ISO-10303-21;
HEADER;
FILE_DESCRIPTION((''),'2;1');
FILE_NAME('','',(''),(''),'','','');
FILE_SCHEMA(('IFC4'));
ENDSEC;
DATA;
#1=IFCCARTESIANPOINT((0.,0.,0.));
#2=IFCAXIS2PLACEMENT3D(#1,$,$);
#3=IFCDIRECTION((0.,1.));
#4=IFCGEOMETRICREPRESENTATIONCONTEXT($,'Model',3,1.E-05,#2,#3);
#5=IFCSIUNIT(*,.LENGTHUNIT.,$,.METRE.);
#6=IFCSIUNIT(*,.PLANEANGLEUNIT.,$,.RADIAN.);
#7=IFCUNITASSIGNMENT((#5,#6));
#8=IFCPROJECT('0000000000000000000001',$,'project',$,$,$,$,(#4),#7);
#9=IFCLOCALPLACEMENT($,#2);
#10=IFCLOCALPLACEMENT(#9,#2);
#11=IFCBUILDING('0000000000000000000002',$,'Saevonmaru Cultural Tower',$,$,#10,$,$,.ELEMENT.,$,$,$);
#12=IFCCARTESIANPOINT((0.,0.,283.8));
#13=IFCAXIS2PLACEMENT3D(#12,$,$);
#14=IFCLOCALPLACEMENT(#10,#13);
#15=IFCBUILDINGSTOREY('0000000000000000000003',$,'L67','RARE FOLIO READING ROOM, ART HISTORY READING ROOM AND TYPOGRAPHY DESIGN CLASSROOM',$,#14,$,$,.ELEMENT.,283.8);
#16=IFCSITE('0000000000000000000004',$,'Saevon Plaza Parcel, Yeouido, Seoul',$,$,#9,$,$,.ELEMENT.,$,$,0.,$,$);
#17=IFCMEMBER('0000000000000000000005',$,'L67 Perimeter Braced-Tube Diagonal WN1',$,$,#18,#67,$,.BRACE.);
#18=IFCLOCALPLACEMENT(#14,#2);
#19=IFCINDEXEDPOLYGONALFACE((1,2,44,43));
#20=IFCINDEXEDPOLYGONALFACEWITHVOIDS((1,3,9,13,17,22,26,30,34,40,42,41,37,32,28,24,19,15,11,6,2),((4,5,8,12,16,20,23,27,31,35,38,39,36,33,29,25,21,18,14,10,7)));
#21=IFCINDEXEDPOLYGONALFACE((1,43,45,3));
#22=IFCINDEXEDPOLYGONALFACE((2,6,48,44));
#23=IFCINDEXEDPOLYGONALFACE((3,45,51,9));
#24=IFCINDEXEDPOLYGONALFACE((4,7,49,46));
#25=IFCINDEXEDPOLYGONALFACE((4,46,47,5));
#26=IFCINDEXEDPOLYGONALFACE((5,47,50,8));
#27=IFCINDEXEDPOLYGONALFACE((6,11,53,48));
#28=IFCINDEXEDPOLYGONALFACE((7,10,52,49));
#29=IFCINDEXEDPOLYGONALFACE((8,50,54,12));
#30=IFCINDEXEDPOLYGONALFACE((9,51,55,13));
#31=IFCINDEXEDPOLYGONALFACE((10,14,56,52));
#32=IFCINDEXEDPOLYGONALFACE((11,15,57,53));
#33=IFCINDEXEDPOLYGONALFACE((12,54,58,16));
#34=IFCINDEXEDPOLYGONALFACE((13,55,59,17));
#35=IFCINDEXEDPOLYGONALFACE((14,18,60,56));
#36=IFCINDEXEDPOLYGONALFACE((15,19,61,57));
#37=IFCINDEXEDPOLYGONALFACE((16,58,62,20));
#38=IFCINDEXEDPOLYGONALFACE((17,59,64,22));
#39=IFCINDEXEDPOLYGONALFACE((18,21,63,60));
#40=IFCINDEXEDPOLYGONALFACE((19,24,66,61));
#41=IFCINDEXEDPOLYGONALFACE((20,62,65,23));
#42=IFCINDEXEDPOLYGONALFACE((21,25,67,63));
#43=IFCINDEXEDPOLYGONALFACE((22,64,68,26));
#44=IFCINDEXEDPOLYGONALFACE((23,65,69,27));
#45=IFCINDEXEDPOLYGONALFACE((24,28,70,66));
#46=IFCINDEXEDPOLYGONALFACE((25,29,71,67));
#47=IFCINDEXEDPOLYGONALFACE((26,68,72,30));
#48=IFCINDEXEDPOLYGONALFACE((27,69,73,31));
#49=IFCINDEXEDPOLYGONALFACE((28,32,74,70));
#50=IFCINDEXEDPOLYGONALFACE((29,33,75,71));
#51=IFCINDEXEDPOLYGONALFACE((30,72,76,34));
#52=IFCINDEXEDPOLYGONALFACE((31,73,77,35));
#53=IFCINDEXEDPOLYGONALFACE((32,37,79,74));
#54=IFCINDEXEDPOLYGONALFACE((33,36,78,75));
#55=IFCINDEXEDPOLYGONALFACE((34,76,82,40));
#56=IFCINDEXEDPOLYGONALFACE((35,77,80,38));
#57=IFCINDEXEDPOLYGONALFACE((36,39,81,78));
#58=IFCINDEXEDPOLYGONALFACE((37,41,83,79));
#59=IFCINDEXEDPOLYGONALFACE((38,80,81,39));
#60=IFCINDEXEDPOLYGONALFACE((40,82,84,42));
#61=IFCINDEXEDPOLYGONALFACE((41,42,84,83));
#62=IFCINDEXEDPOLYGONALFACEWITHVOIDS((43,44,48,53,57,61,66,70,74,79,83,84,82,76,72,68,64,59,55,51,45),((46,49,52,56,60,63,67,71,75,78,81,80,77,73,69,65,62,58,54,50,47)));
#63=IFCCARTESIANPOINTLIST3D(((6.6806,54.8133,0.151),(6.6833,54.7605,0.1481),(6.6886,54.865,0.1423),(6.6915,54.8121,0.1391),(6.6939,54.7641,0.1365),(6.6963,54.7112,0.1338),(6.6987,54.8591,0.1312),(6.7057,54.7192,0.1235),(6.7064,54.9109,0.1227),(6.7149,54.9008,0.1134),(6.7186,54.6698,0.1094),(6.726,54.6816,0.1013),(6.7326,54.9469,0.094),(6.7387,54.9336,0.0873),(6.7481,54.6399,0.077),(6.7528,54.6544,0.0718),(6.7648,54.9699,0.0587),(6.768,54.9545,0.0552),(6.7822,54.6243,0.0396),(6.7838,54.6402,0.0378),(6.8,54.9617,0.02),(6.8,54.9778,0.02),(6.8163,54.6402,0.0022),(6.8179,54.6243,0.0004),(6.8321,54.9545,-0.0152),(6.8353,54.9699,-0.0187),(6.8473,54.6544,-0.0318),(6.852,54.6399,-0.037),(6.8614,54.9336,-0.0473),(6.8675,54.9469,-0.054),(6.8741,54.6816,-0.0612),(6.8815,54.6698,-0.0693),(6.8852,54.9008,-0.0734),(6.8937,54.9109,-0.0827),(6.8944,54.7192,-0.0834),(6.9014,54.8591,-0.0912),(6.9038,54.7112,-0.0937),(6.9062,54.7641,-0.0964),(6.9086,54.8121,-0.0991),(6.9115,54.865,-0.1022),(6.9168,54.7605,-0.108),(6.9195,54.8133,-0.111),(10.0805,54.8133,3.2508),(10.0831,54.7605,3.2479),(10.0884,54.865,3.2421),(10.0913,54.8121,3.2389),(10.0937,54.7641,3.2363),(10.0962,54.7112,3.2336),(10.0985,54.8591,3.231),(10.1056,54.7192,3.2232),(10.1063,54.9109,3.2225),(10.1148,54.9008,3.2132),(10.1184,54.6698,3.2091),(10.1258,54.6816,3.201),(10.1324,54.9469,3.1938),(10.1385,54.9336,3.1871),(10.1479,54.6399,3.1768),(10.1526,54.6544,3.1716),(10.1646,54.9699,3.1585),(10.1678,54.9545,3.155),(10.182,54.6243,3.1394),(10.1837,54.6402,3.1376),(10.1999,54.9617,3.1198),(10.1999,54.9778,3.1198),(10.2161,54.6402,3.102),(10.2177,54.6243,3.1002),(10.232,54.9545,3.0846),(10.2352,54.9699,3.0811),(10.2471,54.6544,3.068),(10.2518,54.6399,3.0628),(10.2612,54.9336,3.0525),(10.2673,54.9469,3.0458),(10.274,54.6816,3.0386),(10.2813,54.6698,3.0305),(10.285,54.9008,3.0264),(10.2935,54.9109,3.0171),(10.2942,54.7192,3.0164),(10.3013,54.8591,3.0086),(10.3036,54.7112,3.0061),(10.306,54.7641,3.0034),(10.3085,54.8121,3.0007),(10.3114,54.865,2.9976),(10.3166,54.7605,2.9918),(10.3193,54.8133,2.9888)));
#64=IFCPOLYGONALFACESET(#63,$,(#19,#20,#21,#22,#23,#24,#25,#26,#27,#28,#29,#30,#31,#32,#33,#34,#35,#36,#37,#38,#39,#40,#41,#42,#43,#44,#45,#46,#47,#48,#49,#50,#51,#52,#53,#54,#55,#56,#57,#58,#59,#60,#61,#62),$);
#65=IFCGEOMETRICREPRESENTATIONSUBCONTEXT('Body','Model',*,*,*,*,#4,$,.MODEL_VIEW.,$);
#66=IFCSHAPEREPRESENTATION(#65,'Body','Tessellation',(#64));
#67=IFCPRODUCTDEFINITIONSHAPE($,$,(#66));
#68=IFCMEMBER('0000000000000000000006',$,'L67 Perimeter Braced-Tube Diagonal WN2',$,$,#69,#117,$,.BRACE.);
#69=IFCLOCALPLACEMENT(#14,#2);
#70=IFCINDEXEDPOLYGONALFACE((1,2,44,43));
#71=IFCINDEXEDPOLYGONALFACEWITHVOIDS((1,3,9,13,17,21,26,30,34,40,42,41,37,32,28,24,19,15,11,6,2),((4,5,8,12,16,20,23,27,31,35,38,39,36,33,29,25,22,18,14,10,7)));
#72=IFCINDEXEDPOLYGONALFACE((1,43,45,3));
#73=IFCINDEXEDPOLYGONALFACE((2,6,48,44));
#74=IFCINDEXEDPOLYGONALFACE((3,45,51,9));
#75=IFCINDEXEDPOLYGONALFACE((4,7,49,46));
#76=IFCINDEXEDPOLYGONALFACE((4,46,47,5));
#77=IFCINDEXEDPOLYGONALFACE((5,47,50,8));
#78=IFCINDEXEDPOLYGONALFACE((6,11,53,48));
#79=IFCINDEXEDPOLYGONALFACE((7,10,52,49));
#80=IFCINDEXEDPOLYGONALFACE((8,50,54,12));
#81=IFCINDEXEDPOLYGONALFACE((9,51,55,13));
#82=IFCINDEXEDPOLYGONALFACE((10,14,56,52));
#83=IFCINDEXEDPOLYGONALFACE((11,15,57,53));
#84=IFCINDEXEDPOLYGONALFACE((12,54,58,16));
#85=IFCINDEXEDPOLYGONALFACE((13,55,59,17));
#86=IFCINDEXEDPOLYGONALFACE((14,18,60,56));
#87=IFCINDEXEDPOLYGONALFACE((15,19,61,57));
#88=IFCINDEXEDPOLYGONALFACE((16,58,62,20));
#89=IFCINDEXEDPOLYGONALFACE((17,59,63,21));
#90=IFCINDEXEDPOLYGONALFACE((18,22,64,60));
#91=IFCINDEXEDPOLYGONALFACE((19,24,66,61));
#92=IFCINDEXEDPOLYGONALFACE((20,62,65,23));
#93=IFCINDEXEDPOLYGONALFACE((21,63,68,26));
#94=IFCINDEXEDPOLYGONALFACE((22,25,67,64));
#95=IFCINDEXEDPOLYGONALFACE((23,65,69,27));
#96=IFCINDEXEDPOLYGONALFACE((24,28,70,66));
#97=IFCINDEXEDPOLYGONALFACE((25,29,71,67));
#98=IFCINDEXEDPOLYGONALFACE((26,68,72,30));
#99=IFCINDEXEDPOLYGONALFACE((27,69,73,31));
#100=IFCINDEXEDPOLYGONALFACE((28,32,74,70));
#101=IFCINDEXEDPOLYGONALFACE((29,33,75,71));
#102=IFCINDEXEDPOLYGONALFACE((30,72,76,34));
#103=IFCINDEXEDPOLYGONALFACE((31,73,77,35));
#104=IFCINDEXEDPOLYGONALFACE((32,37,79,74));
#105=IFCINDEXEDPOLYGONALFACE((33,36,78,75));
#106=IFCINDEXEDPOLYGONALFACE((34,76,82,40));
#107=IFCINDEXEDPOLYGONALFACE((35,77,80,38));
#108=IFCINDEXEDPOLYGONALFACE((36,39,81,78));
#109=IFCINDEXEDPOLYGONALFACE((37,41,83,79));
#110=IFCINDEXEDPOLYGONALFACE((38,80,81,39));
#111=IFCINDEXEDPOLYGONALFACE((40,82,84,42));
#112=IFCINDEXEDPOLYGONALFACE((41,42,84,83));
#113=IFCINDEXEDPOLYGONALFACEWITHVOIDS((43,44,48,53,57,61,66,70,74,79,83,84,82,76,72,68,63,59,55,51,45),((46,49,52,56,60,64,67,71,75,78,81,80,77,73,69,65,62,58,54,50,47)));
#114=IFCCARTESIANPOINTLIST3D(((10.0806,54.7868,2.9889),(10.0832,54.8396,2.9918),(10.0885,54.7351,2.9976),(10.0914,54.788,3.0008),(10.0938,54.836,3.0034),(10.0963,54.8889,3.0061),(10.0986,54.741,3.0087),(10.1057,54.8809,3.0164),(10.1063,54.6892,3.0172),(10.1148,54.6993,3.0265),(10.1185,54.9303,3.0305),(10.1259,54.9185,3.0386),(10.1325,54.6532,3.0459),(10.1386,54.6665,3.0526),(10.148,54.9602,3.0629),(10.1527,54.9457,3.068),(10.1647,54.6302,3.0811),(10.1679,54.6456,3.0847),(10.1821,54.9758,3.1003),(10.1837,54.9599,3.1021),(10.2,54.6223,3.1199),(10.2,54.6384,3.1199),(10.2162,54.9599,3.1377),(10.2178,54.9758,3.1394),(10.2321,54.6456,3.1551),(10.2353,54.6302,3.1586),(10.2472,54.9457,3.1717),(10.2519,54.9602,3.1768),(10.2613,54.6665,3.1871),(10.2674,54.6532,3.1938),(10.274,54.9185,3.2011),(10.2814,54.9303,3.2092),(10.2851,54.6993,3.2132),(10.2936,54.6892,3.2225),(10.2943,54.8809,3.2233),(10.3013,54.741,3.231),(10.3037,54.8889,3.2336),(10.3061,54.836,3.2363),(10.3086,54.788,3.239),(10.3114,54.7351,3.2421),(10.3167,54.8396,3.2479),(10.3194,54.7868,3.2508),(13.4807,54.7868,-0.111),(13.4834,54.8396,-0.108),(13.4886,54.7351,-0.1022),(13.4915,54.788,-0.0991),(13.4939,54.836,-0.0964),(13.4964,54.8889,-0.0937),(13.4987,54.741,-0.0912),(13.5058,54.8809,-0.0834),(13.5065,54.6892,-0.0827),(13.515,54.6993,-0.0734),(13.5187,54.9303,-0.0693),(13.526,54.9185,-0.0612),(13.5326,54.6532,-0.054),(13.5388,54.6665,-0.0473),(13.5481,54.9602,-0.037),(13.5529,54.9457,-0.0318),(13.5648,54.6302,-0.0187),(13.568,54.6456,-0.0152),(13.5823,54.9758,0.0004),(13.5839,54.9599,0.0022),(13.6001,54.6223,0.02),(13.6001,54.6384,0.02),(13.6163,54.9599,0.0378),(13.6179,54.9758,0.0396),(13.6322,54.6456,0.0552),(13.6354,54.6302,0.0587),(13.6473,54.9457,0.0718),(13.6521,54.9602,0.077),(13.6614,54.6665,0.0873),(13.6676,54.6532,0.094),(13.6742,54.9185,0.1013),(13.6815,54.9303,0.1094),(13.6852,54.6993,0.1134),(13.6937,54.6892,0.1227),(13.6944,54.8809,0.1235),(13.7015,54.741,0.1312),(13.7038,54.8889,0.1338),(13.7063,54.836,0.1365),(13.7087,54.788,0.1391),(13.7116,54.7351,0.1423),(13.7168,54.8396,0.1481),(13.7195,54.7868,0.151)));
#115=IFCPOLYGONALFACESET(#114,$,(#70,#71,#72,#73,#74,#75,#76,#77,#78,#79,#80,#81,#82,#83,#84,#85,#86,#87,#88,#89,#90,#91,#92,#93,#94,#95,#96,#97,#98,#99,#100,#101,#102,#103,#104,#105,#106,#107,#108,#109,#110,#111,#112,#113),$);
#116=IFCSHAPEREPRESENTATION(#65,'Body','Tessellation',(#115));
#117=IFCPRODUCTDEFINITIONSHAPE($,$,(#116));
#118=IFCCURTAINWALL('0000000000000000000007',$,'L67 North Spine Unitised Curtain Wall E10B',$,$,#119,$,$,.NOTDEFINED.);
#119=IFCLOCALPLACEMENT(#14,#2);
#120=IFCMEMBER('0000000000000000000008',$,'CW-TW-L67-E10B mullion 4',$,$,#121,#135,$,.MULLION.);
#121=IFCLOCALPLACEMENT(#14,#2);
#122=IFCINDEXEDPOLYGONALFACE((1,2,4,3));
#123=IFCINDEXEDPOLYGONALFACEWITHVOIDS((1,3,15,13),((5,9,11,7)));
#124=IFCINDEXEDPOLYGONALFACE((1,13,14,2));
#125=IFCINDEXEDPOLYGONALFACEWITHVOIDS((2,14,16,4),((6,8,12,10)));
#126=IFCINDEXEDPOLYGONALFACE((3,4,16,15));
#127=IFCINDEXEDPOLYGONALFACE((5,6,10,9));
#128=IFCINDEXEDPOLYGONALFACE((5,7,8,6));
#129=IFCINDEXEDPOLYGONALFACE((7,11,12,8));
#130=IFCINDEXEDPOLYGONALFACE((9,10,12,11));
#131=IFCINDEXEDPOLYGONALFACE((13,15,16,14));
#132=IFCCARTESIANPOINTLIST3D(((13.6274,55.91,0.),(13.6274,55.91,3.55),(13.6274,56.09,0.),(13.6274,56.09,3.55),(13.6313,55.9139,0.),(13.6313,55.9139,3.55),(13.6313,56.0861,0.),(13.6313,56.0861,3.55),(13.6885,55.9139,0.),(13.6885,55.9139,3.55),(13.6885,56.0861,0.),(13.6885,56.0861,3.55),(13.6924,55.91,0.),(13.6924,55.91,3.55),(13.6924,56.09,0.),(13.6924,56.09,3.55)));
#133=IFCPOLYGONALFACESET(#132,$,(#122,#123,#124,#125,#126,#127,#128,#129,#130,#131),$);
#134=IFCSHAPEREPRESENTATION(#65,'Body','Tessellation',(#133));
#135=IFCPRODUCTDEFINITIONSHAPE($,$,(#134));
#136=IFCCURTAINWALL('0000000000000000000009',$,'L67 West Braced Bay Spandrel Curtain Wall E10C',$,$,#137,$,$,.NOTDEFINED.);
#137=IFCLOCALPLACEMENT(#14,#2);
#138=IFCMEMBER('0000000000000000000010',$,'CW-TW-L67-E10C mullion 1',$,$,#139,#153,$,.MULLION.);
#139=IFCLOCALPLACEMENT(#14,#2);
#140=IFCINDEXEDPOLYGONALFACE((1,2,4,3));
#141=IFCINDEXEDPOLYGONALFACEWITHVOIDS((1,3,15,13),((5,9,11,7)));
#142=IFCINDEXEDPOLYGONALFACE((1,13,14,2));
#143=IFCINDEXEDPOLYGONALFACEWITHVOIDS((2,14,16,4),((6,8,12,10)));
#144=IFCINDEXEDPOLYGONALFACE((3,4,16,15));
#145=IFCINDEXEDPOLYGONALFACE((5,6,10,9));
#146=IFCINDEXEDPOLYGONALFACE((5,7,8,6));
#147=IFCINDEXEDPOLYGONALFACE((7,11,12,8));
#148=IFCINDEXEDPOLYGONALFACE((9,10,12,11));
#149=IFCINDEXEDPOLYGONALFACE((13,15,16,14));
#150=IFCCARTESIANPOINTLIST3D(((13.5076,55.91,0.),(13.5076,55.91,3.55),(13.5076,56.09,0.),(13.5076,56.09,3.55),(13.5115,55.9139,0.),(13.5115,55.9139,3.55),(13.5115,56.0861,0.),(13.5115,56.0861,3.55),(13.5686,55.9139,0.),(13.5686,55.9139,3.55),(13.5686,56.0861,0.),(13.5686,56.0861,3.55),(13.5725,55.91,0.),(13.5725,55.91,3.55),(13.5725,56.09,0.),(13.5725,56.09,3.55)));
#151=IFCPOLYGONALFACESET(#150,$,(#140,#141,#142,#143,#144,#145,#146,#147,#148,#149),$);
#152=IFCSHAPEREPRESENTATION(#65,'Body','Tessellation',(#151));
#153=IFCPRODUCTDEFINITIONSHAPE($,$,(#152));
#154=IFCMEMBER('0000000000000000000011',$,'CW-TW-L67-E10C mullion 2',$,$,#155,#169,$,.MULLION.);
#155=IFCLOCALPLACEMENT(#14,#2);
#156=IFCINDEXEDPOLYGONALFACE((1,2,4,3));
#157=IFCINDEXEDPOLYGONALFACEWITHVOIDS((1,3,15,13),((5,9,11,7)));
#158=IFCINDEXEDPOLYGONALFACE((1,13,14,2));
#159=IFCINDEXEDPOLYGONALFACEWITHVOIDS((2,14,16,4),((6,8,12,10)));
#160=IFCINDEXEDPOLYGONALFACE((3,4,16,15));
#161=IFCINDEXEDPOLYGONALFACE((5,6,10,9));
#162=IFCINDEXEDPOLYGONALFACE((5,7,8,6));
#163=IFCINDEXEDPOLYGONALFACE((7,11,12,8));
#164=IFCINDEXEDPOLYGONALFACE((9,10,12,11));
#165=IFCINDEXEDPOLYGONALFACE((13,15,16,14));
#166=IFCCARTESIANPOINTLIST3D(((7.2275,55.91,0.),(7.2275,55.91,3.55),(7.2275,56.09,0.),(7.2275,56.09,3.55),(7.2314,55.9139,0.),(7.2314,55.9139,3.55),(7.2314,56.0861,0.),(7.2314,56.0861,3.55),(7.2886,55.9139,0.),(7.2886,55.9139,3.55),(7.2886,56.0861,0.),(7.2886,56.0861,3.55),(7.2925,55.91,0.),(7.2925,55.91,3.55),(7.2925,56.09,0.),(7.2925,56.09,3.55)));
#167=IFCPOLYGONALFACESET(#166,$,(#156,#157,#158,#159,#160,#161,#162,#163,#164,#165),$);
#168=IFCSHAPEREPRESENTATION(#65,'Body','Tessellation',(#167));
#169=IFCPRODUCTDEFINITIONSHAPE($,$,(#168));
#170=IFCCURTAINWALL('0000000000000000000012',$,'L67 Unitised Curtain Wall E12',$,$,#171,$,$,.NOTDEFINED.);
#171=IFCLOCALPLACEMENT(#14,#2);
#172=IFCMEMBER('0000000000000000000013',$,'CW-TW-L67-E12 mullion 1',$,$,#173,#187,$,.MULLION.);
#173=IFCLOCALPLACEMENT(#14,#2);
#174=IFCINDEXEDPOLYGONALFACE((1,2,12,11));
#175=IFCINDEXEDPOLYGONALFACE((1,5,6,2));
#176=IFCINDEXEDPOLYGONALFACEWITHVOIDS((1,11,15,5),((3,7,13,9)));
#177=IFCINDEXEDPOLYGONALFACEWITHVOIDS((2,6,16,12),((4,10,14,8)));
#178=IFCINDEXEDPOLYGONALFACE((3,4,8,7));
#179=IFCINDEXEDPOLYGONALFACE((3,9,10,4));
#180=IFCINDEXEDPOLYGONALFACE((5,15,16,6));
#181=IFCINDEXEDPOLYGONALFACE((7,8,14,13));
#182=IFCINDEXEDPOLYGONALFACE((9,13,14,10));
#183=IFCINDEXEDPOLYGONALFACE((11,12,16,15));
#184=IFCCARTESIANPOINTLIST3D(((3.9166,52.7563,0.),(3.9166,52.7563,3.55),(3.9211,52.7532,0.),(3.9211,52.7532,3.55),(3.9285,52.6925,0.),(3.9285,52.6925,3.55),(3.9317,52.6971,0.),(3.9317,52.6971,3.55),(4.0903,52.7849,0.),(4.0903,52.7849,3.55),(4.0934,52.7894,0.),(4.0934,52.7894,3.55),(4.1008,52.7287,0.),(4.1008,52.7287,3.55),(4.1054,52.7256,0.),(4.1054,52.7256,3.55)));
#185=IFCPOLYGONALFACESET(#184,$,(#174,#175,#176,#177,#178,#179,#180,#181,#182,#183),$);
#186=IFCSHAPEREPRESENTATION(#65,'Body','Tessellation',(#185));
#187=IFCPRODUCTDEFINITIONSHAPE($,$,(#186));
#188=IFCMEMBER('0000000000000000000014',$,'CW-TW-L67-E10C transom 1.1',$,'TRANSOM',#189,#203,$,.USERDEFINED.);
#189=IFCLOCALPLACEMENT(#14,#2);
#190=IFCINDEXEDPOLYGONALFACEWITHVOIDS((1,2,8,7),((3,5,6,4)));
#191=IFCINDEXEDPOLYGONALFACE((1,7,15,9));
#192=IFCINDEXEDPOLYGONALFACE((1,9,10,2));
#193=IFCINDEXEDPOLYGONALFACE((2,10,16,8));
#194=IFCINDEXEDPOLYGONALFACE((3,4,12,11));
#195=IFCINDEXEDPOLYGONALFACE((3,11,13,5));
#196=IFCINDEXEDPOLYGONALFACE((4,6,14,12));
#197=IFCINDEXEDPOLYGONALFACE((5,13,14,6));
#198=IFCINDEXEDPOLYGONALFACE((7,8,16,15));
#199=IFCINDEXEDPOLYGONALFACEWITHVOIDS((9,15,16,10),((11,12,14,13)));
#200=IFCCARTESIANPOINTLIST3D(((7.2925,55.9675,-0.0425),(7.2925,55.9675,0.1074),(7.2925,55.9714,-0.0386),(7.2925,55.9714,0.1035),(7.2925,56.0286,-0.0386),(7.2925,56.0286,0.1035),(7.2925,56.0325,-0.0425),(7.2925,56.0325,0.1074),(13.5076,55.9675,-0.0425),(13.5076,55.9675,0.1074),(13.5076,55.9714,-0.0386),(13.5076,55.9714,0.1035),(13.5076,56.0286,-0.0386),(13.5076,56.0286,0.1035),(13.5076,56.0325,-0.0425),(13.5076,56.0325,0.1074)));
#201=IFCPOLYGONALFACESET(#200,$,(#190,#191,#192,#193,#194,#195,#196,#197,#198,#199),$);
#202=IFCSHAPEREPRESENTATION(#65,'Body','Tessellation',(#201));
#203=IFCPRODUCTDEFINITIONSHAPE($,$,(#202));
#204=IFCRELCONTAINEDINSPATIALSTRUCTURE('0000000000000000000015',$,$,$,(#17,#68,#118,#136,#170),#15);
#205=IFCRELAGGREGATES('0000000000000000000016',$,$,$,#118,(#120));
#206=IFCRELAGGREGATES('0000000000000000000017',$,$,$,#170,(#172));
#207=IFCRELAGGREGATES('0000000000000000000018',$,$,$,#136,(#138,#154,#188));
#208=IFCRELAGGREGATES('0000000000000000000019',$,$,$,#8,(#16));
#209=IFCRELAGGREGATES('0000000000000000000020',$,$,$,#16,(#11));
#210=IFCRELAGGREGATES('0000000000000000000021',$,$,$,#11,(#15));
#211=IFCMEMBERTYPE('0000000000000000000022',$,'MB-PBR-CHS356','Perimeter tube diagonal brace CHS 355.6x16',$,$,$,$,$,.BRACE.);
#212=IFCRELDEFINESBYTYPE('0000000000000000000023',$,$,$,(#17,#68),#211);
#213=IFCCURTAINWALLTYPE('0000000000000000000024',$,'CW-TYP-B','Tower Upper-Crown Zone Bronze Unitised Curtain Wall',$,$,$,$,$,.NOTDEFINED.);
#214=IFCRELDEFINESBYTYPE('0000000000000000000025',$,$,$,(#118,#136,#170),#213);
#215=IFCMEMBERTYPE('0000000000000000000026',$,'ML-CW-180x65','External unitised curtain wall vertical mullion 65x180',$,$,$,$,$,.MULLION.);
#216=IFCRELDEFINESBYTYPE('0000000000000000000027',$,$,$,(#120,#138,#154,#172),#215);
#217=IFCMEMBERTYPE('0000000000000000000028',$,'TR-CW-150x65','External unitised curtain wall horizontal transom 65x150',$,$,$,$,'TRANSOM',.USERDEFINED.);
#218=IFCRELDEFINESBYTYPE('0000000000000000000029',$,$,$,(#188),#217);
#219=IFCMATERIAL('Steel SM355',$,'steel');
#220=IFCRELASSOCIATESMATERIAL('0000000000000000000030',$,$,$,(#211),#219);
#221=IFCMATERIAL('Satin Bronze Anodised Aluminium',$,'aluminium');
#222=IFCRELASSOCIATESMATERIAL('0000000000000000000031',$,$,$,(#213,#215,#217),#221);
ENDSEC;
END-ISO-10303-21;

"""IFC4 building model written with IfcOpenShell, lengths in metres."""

from ifc_helpers import new_model, si_unit, direction, frame, origin, origin_2d, place, context, subcontext, project, spatial, hollow_rectangle, hollow_circle, extrude, material, material_profile, profile_set, type_object, element, aggregate, save


model = new_model("IFC4")

# Units and contexts
model_context = context("Model", 3, precision=1e-05, world=origin(), true_north=direction((0.0, 1.0)))
body_context = subcontext(model_context, "Body", "Model", "MODEL_VIEW")
ifc_project = project(units=[si_unit("LENGTHUNIT", "METRE"), si_unit("PLANEANGLEUNIT", "RADIAN")], contexts=[model_context])

# Site, building, storey
site_placement = place(None, origin())
site = spatial("IfcSite", under=ifc_project, at=site_placement, Name="Saevon Plaza Parcel, Yeouido, Seoul", CompositionType="ELEMENT", RefElevation=0.0)
building_placement = place(site_placement, origin())
building = spatial("IfcBuilding", under=site, at=building_placement, Name="Saevonmaru Cultural Tower", CompositionType="ELEMENT")
storey_placement = place(building_placement, frame((0.0, 0.0, 283.8)))
storey = spatial("IfcBuildingStorey", under=building, at=storey_placement, Name="L67", Description="RARE FOLIO READING ROOM, ART HISTORY READING ROOM AND TYPOGRAPHY DESIGN CLASSROOM", CompositionType="ELEMENT", Elevation=283.8)

# Shared definitions
ifc_material_1 = material(Name="Steel SM355", Category="steel")

# Members
ifc_material_profile_1 = material_profile(ifc_material_1, hollow_circle(Radius=0.1777, WallThickness=0.0161, at=origin_2d()), Name="CHS-355.6x16")
ifc_profile_set_1 = profile_set([ifc_material_profile_1], Name="Steel SM355")
member_type_1 = type_object("IfcMemberType", Name="MB-PBR-CHS356", Description="Perimeter tube diagonal brace CHS 355.6x16", PredefinedType="BRACE", material=ifc_profile_set_1)
member_1_placement = place(storey_placement, frame((6.8, 54.8, 0.02), z_axis=(0.738962, 0.0, 0.673747), x_axis=(0.0, 1.0, 0.0)))
element("IfcMember", 1, at=member_1_placement, inside=storey, type_object=member_type_1, Name="L67 Perimeter Braced-Tube Diagonal WN1", PredefinedType="BRACE", context=body_context, shape_type="SweptSolid", body=[
    extrude(hollow_circle(Radius=0.1777, WallThickness=0.0161, at=origin_2d()), origin(), (0.0, 0.0, 1.0), 4.6008),
])
member_2_placement = place(storey_placement, frame((13.6001, 54.8, 0.02), z_axis=(-0.738986, 0.0, 0.673721), x_axis=(0.0, -1.0, 0.0)))
element("IfcMember", 2, at=member_2_placement, inside=storey, type_object=member_type_1, Name="L67 Perimeter Braced-Tube Diagonal WN2", PredefinedType="BRACE", context=body_context, shape_type="SweptSolid", body=[
    extrude(hollow_circle(Radius=0.1777, WallThickness=0.0161, at=origin_2d()), origin(), (0.0, 0.0, 1.0), 4.6011),
])

# Curtain wall, member
ifc_material_2 = material(Name="Satin Bronze Anodised Aluminium", Category="aluminium")
curtain_wall_type = type_object("IfcCurtainWallType", Name="CW-TYP-B", Description="Tower Upper-Crown Zone Bronze Unitised Curtain Wall", PredefinedType="NOTDEFINED", material=ifc_material_2)
curtain_wall_1_placement = place(storey_placement, origin())
curtain_wall_1 = element("IfcCurtainWall", 3, at=curtain_wall_1_placement, inside=storey, type_object=curtain_wall_type, Name="L67 North Spine Unitised Curtain Wall E10B", PredefinedType="NOTDEFINED")
ifc_material_profile_2 = material_profile(ifc_material_2, hollow_rectangle(XDim=0.0649, YDim=0.1799, WallThickness=0.0039, at=origin_2d()), Name="ALU-MULL-180x65x4")
ifc_profile_set_2 = profile_set([ifc_material_profile_2], Name="Satin Bronze Anodised Aluminium")
member_type_2 = type_object("IfcMemberType", Name="ML-CW-180x65", Description="External unitised curtain wall vertical mullion 65x180", PredefinedType="MULLION", material=ifc_profile_set_2)
member_3_placement = place(storey_placement, frame((13.6599, 56.0, 0.0), z_axis=(0.0, 0.0, 1.0), x_axis=(-1.0, 0.0, 0.0)))
member_3 = element("IfcMember", 4, at=member_3_placement, type_object=member_type_2, Name="CW-TW-L67-E10B mullion 4", PredefinedType="MULLION", context=body_context, shape_type="SweptSolid", body=[
    extrude(hollow_rectangle(XDim=0.0649, YDim=0.1799, WallThickness=0.0039, at=origin_2d()), origin(), (0.0, 0.0, 1.0), 3.55),
])
aggregate(curtain_wall_1, [member_3])

# Curtain wall, members
curtain_wall_2_placement = place(storey_placement, origin())
curtain_wall_2 = element("IfcCurtainWall", 5, at=curtain_wall_2_placement, inside=storey, type_object=curtain_wall_type, Name="L67 West Braced Bay Spandrel Curtain Wall E10C", PredefinedType="NOTDEFINED")
member_4_placement = place(storey_placement, frame((13.54, 56.0, 0.0), z_axis=(0.0, 0.0, 1.0), x_axis=(-1.0, 0.0, 0.0)))
member_4 = element("IfcMember", 6, at=member_4_placement, type_object=member_type_2, Name="CW-TW-L67-E10C mullion 1", PredefinedType="MULLION", context=body_context, shape_type="SweptSolid", body=[
    extrude(hollow_rectangle(XDim=0.0649, YDim=0.1799, WallThickness=0.0039, at=origin_2d()), origin(), (0.0, 0.0, 1.0), 3.55),
])
member_5_placement = place(storey_placement, frame((7.26, 56.0, 0.0), z_axis=(0.0, 0.0, 1.0), x_axis=(-1.0, 0.0, 0.0)))
member_5 = element("IfcMember", 7, at=member_5_placement, type_object=member_type_2, Name="CW-TW-L67-E10C mullion 2", PredefinedType="MULLION", context=body_context, shape_type="SweptSolid", body=[
    extrude(hollow_rectangle(XDim=0.0649, YDim=0.1799, WallThickness=0.0039, at=origin_2d()), origin(), (0.0, 0.0, 1.0), 3.55),
])

# Curtain wall, member
curtain_wall_3_placement = place(storey_placement, origin())
curtain_wall_3 = element("IfcCurtainWall", 8, at=curtain_wall_3_placement, inside=storey, type_object=curtain_wall_type, Name="L67 Unitised Curtain Wall E12", PredefinedType="NOTDEFINED")
member_6_placement = place(storey_placement, frame((4.011, 52.741, 0.0), z_axis=(0.0, 0.0, 1.0), x_axis=(0.184047, -0.982918, 0.0)))
member_6 = element("IfcMember", 9, at=member_6_placement, type_object=member_type_2, Name="CW-TW-L67-E12 mullion 1", PredefinedType="MULLION", context=body_context, shape_type="SweptSolid", body=[
    extrude(hollow_rectangle(XDim=0.0649, YDim=0.1799, WallThickness=0.0039, at=origin_2d()), origin(), (0.0, 0.0, 1.0), 3.55),
])

# Member
ifc_material_profile_3 = material_profile(ifc_material_2, hollow_rectangle(XDim=0.0649, YDim=0.1499, WallThickness=0.0039, at=origin_2d()), Name="ALU-TRAN-150x65x4")
ifc_profile_set_3 = profile_set([ifc_material_profile_3], Name="Satin Bronze Anodised Aluminium")
member_type_3 = type_object("IfcMemberType", Name="TR-CW-150x65", Description="External unitised curtain wall horizontal transom 65x150", ElementType="TRANSOM", PredefinedType="USERDEFINED", material=ifc_profile_set_3)
member_7_placement = place(storey_placement, frame((13.5076, 56.0, 0.0325), z_axis=(-1.0, 0.0, 0.0), x_axis=(0.0, -1.0, 0.0)))
member_7 = element("IfcMember", 10, at=member_7_placement, type_object=member_type_3, Name="CW-TW-L67-E10C transom 1.1", ObjectType="TRANSOM", PredefinedType="USERDEFINED", context=body_context, shape_type="SweptSolid", body=[
    extrude(hollow_rectangle(XDim=0.0649, YDim=0.1499, WallThickness=0.0039, at=origin_2d()), origin(), (0.0, 0.0, 1.0), 6.2151),
])

aggregate(curtain_wall_3, [member_6])
aggregate(curtain_wall_2, [member_4, member_5, member_7])

save(model, "model.ifc")
